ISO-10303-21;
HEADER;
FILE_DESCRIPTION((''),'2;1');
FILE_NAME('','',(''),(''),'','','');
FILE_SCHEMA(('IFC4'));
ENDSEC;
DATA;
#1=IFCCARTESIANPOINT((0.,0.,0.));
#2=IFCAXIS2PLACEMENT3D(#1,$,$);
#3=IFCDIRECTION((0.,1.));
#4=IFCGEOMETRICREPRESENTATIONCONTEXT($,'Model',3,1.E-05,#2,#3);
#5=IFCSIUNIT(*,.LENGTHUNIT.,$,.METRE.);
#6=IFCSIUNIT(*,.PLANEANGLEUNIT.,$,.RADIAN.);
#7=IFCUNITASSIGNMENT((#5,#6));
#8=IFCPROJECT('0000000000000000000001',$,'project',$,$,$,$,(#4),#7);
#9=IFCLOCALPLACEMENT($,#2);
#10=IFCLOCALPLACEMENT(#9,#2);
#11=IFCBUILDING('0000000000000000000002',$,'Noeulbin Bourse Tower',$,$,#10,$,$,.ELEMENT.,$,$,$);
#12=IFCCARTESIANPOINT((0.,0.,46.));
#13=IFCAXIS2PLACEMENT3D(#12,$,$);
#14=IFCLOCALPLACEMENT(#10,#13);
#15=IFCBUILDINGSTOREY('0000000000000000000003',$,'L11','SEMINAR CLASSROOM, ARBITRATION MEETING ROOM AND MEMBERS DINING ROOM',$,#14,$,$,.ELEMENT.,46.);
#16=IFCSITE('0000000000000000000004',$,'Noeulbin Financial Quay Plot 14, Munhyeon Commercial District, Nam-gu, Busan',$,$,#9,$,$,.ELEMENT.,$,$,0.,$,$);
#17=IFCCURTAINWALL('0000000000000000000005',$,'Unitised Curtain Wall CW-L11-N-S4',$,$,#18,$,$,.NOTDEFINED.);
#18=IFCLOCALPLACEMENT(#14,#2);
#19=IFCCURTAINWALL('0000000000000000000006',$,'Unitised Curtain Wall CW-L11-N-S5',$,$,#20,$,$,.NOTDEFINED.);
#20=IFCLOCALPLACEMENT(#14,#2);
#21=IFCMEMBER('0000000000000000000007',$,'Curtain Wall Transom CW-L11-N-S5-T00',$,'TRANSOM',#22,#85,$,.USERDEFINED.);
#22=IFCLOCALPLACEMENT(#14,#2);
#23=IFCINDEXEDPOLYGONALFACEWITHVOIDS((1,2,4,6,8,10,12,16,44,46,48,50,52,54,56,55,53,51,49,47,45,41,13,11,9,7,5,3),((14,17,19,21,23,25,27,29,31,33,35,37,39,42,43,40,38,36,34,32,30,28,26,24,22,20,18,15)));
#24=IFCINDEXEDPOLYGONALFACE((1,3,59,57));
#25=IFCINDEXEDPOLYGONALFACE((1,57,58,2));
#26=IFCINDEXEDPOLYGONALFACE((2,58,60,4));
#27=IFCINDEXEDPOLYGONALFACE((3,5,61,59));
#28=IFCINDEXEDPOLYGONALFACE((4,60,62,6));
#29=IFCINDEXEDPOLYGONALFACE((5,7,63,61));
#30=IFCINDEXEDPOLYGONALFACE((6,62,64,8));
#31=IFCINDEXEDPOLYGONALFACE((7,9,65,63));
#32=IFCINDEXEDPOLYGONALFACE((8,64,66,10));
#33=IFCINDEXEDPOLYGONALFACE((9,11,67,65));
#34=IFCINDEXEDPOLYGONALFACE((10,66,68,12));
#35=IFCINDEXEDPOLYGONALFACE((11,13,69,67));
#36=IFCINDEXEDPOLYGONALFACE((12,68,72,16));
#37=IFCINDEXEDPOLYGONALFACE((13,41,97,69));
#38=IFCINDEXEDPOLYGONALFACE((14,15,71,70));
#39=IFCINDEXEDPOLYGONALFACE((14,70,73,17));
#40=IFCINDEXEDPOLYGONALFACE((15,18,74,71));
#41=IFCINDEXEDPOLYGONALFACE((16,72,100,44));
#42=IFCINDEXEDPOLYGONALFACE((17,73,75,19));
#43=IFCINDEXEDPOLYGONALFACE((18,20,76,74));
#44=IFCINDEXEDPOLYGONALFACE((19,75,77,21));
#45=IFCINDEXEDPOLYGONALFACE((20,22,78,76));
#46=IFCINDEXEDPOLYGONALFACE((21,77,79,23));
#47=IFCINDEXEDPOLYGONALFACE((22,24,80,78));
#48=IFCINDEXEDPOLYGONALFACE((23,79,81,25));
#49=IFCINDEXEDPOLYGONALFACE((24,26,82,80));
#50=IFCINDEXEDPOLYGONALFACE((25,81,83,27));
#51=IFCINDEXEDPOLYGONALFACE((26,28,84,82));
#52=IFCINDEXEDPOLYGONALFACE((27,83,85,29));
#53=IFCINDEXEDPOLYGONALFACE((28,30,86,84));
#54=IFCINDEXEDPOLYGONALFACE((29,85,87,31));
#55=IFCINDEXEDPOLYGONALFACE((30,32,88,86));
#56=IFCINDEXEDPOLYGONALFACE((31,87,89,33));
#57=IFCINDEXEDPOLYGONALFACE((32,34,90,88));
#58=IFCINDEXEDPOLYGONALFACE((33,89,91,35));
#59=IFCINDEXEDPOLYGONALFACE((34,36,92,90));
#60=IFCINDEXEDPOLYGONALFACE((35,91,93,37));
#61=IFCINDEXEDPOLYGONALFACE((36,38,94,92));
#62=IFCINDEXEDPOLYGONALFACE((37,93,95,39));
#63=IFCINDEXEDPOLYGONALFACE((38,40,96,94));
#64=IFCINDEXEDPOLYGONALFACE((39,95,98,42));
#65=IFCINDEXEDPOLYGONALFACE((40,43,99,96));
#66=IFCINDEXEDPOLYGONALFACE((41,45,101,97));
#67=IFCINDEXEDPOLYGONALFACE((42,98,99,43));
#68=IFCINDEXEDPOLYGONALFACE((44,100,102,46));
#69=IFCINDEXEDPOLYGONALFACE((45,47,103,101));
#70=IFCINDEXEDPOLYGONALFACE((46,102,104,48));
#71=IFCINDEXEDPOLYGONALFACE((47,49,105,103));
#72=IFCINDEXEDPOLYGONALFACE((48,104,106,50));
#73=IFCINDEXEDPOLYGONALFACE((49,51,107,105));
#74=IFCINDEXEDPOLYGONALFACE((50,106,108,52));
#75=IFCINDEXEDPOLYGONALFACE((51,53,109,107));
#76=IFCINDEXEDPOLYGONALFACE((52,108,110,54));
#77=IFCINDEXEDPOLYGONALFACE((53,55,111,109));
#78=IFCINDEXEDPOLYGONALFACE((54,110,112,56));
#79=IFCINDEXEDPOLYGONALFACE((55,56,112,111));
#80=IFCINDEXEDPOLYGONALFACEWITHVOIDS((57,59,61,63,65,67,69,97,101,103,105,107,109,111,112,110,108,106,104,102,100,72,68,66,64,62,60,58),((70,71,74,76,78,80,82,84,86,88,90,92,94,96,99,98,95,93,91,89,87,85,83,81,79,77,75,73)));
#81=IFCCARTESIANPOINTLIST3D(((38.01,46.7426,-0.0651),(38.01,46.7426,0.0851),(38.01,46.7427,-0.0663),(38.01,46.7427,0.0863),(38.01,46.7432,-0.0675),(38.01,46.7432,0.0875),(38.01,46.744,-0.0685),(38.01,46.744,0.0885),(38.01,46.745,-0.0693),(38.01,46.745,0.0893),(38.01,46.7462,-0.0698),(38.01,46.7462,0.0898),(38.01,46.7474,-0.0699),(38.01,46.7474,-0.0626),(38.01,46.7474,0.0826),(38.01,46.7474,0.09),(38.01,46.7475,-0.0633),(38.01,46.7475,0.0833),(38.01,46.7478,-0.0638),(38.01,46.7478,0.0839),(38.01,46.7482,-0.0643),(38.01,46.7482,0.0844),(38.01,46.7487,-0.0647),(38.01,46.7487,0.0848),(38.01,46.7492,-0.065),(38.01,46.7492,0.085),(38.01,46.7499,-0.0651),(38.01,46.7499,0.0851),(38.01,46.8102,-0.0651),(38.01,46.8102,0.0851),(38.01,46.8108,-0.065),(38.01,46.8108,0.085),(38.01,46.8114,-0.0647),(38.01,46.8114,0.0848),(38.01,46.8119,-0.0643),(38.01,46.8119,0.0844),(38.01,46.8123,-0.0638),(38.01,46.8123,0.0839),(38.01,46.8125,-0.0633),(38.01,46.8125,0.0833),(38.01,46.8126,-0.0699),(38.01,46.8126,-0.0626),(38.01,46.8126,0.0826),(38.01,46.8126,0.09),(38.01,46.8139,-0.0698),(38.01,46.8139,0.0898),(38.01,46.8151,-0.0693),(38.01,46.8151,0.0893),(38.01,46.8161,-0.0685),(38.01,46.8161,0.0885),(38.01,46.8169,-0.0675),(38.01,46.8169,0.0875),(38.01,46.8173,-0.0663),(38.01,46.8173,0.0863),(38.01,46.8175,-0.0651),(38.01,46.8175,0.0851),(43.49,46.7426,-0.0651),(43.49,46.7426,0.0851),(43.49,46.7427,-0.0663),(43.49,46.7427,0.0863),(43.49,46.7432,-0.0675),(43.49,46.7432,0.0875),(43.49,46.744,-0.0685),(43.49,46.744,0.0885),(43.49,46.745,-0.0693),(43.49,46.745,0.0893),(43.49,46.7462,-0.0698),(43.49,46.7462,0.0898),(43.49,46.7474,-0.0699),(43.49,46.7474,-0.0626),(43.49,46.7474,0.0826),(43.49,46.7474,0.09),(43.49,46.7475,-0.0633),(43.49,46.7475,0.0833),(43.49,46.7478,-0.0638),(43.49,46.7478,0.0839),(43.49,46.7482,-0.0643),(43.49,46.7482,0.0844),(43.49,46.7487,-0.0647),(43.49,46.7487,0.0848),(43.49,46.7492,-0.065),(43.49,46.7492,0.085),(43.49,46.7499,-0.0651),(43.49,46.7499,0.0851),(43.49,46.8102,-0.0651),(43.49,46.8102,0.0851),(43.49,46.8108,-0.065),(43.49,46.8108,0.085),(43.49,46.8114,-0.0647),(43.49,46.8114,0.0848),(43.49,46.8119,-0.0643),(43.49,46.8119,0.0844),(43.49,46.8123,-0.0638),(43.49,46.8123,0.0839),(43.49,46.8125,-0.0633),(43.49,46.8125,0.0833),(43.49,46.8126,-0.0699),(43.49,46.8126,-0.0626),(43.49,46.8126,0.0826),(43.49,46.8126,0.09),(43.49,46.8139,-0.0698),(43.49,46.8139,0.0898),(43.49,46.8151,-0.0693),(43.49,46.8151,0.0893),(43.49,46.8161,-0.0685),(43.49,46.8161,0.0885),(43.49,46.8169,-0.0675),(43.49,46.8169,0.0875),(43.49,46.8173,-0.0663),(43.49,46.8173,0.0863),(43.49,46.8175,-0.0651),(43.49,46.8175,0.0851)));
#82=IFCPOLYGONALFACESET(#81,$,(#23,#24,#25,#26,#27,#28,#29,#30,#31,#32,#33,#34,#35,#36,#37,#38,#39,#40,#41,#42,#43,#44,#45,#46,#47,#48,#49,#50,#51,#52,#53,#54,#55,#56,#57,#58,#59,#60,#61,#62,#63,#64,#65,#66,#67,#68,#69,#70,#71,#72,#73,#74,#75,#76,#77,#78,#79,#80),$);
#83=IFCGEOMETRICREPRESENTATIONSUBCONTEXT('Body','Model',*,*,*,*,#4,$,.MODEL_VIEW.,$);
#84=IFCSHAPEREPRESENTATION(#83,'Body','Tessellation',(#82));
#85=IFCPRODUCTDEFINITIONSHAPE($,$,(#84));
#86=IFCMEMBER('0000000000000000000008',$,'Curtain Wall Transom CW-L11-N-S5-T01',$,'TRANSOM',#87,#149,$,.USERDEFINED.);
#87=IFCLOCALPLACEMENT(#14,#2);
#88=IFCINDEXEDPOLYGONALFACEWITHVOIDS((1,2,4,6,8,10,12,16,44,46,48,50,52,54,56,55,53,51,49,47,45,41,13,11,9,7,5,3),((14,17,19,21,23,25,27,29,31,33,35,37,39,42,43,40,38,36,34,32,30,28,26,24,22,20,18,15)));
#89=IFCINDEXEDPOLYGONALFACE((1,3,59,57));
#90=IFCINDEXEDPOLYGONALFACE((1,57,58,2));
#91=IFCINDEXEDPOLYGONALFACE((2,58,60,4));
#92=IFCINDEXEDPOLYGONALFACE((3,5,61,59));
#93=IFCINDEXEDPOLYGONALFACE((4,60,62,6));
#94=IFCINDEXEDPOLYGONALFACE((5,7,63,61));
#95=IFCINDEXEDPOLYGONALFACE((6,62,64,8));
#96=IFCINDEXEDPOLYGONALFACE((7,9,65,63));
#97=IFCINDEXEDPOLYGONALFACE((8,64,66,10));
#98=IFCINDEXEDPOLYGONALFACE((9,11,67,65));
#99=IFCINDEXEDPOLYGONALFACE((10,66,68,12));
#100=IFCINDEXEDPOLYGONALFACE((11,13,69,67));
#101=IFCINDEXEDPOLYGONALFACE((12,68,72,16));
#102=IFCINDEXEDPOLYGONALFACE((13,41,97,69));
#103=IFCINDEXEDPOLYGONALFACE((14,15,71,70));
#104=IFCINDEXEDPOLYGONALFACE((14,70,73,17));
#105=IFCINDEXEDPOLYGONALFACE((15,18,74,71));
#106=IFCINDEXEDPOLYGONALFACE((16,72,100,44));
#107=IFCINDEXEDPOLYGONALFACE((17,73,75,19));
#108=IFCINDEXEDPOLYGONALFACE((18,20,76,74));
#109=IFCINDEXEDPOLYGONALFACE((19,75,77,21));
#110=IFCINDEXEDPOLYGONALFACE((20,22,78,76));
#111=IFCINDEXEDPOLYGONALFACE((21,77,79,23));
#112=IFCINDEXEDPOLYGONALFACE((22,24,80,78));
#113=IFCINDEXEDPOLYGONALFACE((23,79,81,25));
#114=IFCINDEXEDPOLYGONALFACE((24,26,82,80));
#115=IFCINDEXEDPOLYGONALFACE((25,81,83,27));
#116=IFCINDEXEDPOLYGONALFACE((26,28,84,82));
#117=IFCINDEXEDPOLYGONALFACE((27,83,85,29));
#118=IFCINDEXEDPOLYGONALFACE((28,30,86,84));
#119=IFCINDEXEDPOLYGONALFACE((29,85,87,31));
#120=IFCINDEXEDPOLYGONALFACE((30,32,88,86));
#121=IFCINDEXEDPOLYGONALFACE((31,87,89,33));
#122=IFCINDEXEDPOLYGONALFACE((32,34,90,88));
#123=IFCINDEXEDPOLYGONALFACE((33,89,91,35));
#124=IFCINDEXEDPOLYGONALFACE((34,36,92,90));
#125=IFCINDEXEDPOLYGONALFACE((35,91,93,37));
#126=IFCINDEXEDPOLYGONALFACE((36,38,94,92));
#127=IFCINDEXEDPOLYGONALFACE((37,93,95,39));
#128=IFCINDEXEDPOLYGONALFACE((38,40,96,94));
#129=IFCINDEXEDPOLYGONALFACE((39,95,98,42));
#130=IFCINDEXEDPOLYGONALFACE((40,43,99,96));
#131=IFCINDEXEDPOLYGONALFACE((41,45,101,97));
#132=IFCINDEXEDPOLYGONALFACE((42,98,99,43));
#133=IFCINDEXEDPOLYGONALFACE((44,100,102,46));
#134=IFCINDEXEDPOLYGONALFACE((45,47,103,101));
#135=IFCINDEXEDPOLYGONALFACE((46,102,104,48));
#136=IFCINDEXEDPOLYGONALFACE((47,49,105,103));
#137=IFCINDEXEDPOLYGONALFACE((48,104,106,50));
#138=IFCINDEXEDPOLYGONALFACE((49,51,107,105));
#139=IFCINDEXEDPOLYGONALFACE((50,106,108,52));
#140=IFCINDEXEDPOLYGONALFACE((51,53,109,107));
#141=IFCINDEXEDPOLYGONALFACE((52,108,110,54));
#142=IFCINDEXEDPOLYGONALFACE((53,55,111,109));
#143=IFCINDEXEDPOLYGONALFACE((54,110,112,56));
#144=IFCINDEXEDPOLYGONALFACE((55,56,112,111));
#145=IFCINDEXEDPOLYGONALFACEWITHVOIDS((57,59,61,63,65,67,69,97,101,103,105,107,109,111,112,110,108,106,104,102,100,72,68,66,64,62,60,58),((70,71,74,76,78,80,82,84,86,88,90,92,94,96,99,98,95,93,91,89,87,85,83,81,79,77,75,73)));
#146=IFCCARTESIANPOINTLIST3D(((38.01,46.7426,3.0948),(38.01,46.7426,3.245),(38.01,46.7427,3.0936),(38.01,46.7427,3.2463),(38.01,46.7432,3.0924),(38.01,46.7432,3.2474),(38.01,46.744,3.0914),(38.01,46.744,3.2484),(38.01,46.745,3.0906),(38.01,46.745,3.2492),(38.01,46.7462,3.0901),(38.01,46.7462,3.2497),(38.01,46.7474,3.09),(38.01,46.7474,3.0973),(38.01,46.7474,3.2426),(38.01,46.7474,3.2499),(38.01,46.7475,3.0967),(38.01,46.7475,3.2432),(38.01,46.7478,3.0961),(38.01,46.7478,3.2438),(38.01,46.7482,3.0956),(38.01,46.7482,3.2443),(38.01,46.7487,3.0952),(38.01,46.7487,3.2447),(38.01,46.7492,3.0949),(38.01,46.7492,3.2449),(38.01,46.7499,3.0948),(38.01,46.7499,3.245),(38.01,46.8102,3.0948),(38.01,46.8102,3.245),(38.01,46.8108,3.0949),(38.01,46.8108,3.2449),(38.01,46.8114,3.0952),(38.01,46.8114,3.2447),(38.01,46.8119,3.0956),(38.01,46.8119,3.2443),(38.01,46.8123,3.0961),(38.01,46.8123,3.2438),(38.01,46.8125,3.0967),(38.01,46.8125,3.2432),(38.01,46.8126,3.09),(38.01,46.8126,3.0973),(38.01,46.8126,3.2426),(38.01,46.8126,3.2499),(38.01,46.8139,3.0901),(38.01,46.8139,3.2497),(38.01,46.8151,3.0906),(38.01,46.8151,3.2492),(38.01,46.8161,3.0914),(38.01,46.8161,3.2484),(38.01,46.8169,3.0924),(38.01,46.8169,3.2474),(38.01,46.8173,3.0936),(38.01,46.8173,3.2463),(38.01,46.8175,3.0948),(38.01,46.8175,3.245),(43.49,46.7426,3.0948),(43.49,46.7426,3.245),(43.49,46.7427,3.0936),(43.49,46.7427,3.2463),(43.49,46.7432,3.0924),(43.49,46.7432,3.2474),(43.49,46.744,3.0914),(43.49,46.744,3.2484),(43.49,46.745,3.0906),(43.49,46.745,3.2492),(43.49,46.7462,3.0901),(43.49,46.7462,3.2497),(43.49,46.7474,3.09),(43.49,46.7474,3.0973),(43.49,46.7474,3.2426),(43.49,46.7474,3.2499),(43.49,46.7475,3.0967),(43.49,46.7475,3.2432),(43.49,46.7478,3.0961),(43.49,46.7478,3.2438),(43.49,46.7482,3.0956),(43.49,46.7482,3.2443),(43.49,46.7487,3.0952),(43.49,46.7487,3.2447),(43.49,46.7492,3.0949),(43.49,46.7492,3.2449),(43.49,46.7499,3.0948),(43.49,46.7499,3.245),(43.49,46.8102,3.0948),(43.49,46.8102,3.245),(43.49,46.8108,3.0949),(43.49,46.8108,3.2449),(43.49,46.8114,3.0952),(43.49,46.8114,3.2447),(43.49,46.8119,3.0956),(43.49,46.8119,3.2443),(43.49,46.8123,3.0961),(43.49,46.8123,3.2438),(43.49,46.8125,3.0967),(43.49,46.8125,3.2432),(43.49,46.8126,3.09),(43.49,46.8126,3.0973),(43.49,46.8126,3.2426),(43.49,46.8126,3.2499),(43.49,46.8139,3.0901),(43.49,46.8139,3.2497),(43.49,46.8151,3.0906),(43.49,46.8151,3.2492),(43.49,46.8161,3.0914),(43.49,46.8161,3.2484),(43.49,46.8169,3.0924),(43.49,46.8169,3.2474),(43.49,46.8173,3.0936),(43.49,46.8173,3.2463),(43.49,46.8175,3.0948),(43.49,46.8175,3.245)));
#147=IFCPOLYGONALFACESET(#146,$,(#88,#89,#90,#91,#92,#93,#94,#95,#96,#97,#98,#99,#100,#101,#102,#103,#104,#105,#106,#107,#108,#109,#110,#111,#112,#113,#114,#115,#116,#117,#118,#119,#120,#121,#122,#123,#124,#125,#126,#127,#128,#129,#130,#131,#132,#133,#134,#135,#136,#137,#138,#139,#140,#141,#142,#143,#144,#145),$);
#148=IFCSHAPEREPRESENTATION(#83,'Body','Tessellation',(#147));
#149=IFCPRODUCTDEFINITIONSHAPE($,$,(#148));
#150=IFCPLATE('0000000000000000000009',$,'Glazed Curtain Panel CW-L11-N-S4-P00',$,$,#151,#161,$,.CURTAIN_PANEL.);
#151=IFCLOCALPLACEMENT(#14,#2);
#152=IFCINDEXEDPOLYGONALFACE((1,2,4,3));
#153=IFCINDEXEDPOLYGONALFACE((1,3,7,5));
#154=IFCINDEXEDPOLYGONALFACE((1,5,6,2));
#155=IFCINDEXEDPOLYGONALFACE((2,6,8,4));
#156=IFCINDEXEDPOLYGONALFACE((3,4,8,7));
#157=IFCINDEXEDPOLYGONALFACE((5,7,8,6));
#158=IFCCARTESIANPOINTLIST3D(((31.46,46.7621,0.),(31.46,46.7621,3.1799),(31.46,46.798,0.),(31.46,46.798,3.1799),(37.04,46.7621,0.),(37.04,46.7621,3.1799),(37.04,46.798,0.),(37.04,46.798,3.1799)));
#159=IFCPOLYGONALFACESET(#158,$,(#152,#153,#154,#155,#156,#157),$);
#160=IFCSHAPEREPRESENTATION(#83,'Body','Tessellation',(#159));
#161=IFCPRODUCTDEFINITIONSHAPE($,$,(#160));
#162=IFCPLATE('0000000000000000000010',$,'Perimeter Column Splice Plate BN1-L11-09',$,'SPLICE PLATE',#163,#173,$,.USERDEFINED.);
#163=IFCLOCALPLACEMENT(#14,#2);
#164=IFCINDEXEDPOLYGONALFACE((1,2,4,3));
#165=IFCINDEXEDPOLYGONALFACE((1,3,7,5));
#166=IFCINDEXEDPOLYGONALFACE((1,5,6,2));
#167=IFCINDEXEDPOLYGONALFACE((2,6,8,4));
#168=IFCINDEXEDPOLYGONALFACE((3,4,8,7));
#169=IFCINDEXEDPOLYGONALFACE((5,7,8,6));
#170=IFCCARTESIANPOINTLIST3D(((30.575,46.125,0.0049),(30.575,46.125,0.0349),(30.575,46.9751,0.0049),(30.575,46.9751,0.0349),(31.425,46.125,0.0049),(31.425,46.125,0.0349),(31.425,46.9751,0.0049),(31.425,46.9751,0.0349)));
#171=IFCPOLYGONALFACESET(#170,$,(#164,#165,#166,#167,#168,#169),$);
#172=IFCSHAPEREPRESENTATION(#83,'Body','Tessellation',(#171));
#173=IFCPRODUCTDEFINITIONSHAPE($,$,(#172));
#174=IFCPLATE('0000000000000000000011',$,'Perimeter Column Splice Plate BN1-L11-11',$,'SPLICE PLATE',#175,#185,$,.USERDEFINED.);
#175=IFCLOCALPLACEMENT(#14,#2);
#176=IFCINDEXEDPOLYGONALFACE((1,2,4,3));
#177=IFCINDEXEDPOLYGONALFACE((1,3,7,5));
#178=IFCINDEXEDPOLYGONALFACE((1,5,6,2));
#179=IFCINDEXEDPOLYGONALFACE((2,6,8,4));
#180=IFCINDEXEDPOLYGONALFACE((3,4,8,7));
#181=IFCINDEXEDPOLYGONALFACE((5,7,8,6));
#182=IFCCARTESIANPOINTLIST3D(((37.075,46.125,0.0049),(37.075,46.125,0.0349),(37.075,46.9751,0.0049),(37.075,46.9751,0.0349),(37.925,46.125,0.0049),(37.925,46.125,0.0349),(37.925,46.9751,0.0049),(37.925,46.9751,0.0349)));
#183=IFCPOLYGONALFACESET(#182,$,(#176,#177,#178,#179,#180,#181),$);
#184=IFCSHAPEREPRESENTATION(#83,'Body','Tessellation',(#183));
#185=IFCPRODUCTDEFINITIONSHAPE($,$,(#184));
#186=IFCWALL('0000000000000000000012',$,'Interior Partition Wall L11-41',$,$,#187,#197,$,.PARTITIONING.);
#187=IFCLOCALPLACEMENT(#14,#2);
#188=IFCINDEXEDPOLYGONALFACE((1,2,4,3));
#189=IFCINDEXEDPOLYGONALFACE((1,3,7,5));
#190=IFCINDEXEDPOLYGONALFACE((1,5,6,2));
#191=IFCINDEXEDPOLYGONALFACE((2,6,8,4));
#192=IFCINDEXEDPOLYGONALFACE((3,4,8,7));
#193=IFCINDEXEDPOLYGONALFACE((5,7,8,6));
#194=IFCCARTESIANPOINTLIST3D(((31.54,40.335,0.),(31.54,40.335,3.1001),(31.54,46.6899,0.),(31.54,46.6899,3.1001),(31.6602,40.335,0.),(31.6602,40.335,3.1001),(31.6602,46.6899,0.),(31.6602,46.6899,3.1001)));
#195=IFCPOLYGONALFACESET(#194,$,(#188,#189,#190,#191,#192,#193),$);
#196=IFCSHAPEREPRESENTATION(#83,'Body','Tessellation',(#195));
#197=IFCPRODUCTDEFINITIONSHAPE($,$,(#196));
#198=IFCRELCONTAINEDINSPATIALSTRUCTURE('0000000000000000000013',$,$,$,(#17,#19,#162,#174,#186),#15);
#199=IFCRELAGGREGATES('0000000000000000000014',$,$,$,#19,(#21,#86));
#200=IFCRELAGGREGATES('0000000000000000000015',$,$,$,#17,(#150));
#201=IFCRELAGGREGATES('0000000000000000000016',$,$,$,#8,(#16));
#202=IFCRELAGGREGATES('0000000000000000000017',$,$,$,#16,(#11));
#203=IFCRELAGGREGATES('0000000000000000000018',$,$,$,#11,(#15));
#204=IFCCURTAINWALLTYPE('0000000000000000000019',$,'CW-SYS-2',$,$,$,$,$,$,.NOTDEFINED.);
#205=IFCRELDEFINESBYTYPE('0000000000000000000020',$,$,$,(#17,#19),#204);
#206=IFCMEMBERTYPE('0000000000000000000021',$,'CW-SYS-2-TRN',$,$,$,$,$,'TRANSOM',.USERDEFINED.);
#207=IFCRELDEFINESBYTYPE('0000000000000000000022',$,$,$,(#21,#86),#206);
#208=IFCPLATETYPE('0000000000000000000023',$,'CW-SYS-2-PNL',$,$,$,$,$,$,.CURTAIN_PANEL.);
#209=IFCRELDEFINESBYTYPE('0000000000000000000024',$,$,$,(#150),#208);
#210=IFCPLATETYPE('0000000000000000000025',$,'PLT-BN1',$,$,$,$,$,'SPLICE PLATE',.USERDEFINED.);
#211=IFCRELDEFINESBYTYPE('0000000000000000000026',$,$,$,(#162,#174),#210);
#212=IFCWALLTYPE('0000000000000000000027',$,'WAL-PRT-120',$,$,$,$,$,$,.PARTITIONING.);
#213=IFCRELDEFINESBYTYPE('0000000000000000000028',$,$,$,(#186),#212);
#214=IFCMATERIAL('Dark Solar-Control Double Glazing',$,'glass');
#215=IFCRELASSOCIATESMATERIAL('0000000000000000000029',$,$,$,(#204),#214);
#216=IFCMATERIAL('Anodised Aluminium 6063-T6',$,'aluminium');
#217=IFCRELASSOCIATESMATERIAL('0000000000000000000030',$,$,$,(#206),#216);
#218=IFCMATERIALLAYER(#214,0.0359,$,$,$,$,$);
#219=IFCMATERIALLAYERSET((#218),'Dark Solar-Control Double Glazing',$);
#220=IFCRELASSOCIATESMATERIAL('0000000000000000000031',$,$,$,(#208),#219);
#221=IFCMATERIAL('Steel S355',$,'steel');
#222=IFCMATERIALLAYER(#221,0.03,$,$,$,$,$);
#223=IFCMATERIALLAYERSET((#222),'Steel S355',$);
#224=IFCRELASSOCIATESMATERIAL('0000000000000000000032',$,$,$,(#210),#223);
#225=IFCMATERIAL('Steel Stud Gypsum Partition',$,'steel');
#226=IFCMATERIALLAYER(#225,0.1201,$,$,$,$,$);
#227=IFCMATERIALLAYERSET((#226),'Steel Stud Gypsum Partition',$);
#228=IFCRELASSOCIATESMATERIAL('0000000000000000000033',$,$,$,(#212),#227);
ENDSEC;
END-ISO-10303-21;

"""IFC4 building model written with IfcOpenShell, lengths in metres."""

from ifc_helpers import new_model, si_unit, direction, frame, frame_2d, origin, origin_2d, place, context, subcontext, project, spatial, rectangle, hollow_rectangle, extrude, material, layer, layer_set, material_profile, profile_set, type_object, element, aggregate, save


model = new_model("IFC4")

# Units and contexts
model_context = context("Model", 3, precision=1e-05, world=origin(), true_north=direction((0.0, 1.0)))
body_context = subcontext(model_context, "Body", "Model", "MODEL_VIEW")
ifc_project = project(units=[si_unit("LENGTHUNIT", "METRE"), si_unit("PLANEANGLEUNIT", "RADIAN")], contexts=[model_context])

# Site, building, storey
site_placement = place(None, origin())
site = spatial("IfcSite", under=ifc_project, at=site_placement, Name="Noeulbin Financial Quay Plot 14, Munhyeon Commercial District, Nam-gu, Busan", CompositionType="ELEMENT", RefElevation=0.0)
building_placement = place(site_placement, origin())
building = spatial("IfcBuilding", under=site, at=building_placement, Name="Noeulbin Bourse Tower", CompositionType="ELEMENT")
storey_placement = place(building_placement, frame((0.0, 0.0, 46.0)))
storey = spatial("IfcBuildingStorey", under=building, at=storey_placement, Name="L11", Description="SEMINAR CLASSROOM, ARBITRATION MEETING ROOM AND MEMBERS DINING ROOM", CompositionType="ELEMENT", Elevation=46.0)

# Shared definitions
ifc_material_1 = material(Name="Steel S355", Category="steel")

# Shared definitions
ifc_material_2 = material(Name="Dark Solar-Control Double Glazing", Category="glass")
curtain_wall_type = type_object("IfcCurtainWallType", Name="CW-SYS-2", PredefinedType="NOTDEFINED", material=ifc_material_2)
ifc_material_3 = material(Name="Anodised Aluminium 6063-T6", Category="aluminium")

# Curtain wall
curtain_wall_1_placement = place(storey_placement, origin())
curtain_wall_1 = element("IfcCurtainWall", 1, at=curtain_wall_1_placement, inside=storey, type_object=curtain_wall_type, Name="Unitised Curtain Wall CW-L11-N-S4", PredefinedType="NOTDEFINED")

# Curtain wall
curtain_wall_2_placement = place(storey_placement, origin())
curtain_wall_2 = element("IfcCurtainWall", 2, at=curtain_wall_2_placement, inside=storey, type_object=curtain_wall_type, Name="Unitised Curtain Wall CW-L11-N-S5", PredefinedType="NOTDEFINED")

# Members
ifc_material_profile_1 = material_profile(ifc_material_3, hollow_rectangle(XDim=0.075, YDim=0.1599, WallThickness=0.0049, InnerFilletRadius=0.0024, OuterFilletRadius=0.0049, at=origin_2d()), Name="ALU-TRAN-75x160x5", Category="LoadBearing")
ifc_profile_set_1 = profile_set([ifc_material_profile_1], Name="Anodised Aluminium 6063-T6")
member_type_1 = type_object("IfcMemberType", Name="CW-SYS-2-TRN", ElementType="TRANSOM", PredefinedType="USERDEFINED", material=ifc_profile_set_1)
member_1_placement = place(storey_placement, frame((38.01, 46.78, 0.01), z_axis=(1.0, 0.0, 0.0), x_axis=(0.0, 1.0, 0.0)))
member_1 = element("IfcMember", 3, at=member_1_placement, type_object=member_type_1, Name="Curtain Wall Transom CW-L11-N-S5-T00", ObjectType="TRANSOM", PredefinedType="USERDEFINED", context=body_context, shape_type="SweptSolid", body=[
    extrude(hollow_rectangle(XDim=0.075, YDim=0.1599, WallThickness=0.0049, InnerFilletRadius=0.0024, OuterFilletRadius=0.0049, at=origin_2d()), origin(), (0.0, 0.0, 1.0), 5.48),
])
member_2_placement = place(storey_placement, frame((38.01, 46.78, 3.1699), z_axis=(1.0, 0.0, 0.0), x_axis=(0.0, 1.0, 0.0)))
member_2 = element("IfcMember", 4, at=member_2_placement, type_object=member_type_1, Name="Curtain Wall Transom CW-L11-N-S5-T01", ObjectType="TRANSOM", PredefinedType="USERDEFINED", context=body_context, shape_type="SweptSolid", body=[
    extrude(hollow_rectangle(XDim=0.075, YDim=0.1599, WallThickness=0.0049, InnerFilletRadius=0.0024, OuterFilletRadius=0.0049, at=origin_2d()), origin(), (0.0, 0.0, 1.0), 5.48),
])
aggregate(curtain_wall_2, [member_1, member_2])

# Plate
ifc_layer_1 = layer(ifc_material_2, 0.0359)
ifc_layer_set_1 = layer_set([ifc_layer_1], Name="Dark Solar-Control Double Glazing")
plate_type_1 = type_object("IfcPlateType", Name="CW-SYS-2-PNL", PredefinedType="CURTAIN_PANEL", material=ifc_layer_set_1)
plate_placement = place(storey_placement, frame((34.25, 46.78, 0.0), z_axis=(0.0, 0.0, 1.0), x_axis=(1.0, 0.0, 0.0)))
plate = element("IfcPlate", 5, at=plate_placement, type_object=plate_type_1, Name="Glazed Curtain Panel CW-L11-N-S4-P00", PredefinedType="CURTAIN_PANEL", context=body_context, shape_type="SweptSolid", body=[
    extrude(rectangle(XDim=5.5801, YDim=0.0359, at=origin_2d()), origin(), (0.0, 0.0, 1.0), 3.1799),
])
aggregate(curtain_wall_1, [plate])

# Plates
ifc_layer_2 = layer(ifc_material_1, 0.03)
ifc_layer_set_2 = layer_set([ifc_layer_2], Name="Steel S355")
plate_type_2 = type_object("IfcPlateType", Name="PLT-BN1", ElementType="SPLICE PLATE", PredefinedType="USERDEFINED", material=ifc_layer_set_2)
for number, where, z_axis, x_axis, name in (
    (6, (31.0, 46.55, 0.0049), (0.0, 0.0, 1.0), (1.0, 0.0, 0.0), "Perimeter Column Splice Plate BN1-L11-09"),
    (7, (37.5, 46.55, 0.0049), (0.0, 0.0, 1.0), (1.0, 0.0, 0.0), "Perimeter Column Splice Plate BN1-L11-11"),
):
    element("IfcPlate", number, at=place(storey_placement, frame(where, z_axis=z_axis, x_axis=x_axis)), inside=storey, type_object=plate_type_2, Name=name, ObjectType="SPLICE PLATE", PredefinedType="USERDEFINED", context=body_context, shape_type="SweptSolid", body=[
        extrude(rectangle(XDim=0.8501, YDim=0.8501, at=origin_2d()), origin(), (0.0, 0.0, 1.0), 0.03),
    ])

# Wall
ifc_material_4 = material(Name="Steel Stud Gypsum Partition", Category="steel")
ifc_layer_3 = layer(ifc_material_4, 0.1201)
ifc_layer_set_3 = layer_set([ifc_layer_3], Name="Steel Stud Gypsum Partition")
wall_type = type_object("IfcWallType", Name="WAL-PRT-120", PredefinedType="PARTITIONING", material=ifc_layer_set_3)
wall_1_placement = place(storey_placement, frame((31.6001, 40.335, 0.0), z_axis=(0.0, 0.0, 1.0), x_axis=(0.0, 1.0, 0.0)))
element("IfcWall", 8, at=wall_1_placement, inside=storey, type_object=wall_type, Name="Interior Partition Wall L11-41", PredefinedType="PARTITIONING", context=body_context, shape_type="SweptSolid", body=[
    extrude(rectangle(XDim=6.355, YDim=0.1201, at=frame_2d((3.1775, 0.0))), origin(), (0.0, 0.0, 1.0), 3.1001),
])

save(model, "model.ifc")
